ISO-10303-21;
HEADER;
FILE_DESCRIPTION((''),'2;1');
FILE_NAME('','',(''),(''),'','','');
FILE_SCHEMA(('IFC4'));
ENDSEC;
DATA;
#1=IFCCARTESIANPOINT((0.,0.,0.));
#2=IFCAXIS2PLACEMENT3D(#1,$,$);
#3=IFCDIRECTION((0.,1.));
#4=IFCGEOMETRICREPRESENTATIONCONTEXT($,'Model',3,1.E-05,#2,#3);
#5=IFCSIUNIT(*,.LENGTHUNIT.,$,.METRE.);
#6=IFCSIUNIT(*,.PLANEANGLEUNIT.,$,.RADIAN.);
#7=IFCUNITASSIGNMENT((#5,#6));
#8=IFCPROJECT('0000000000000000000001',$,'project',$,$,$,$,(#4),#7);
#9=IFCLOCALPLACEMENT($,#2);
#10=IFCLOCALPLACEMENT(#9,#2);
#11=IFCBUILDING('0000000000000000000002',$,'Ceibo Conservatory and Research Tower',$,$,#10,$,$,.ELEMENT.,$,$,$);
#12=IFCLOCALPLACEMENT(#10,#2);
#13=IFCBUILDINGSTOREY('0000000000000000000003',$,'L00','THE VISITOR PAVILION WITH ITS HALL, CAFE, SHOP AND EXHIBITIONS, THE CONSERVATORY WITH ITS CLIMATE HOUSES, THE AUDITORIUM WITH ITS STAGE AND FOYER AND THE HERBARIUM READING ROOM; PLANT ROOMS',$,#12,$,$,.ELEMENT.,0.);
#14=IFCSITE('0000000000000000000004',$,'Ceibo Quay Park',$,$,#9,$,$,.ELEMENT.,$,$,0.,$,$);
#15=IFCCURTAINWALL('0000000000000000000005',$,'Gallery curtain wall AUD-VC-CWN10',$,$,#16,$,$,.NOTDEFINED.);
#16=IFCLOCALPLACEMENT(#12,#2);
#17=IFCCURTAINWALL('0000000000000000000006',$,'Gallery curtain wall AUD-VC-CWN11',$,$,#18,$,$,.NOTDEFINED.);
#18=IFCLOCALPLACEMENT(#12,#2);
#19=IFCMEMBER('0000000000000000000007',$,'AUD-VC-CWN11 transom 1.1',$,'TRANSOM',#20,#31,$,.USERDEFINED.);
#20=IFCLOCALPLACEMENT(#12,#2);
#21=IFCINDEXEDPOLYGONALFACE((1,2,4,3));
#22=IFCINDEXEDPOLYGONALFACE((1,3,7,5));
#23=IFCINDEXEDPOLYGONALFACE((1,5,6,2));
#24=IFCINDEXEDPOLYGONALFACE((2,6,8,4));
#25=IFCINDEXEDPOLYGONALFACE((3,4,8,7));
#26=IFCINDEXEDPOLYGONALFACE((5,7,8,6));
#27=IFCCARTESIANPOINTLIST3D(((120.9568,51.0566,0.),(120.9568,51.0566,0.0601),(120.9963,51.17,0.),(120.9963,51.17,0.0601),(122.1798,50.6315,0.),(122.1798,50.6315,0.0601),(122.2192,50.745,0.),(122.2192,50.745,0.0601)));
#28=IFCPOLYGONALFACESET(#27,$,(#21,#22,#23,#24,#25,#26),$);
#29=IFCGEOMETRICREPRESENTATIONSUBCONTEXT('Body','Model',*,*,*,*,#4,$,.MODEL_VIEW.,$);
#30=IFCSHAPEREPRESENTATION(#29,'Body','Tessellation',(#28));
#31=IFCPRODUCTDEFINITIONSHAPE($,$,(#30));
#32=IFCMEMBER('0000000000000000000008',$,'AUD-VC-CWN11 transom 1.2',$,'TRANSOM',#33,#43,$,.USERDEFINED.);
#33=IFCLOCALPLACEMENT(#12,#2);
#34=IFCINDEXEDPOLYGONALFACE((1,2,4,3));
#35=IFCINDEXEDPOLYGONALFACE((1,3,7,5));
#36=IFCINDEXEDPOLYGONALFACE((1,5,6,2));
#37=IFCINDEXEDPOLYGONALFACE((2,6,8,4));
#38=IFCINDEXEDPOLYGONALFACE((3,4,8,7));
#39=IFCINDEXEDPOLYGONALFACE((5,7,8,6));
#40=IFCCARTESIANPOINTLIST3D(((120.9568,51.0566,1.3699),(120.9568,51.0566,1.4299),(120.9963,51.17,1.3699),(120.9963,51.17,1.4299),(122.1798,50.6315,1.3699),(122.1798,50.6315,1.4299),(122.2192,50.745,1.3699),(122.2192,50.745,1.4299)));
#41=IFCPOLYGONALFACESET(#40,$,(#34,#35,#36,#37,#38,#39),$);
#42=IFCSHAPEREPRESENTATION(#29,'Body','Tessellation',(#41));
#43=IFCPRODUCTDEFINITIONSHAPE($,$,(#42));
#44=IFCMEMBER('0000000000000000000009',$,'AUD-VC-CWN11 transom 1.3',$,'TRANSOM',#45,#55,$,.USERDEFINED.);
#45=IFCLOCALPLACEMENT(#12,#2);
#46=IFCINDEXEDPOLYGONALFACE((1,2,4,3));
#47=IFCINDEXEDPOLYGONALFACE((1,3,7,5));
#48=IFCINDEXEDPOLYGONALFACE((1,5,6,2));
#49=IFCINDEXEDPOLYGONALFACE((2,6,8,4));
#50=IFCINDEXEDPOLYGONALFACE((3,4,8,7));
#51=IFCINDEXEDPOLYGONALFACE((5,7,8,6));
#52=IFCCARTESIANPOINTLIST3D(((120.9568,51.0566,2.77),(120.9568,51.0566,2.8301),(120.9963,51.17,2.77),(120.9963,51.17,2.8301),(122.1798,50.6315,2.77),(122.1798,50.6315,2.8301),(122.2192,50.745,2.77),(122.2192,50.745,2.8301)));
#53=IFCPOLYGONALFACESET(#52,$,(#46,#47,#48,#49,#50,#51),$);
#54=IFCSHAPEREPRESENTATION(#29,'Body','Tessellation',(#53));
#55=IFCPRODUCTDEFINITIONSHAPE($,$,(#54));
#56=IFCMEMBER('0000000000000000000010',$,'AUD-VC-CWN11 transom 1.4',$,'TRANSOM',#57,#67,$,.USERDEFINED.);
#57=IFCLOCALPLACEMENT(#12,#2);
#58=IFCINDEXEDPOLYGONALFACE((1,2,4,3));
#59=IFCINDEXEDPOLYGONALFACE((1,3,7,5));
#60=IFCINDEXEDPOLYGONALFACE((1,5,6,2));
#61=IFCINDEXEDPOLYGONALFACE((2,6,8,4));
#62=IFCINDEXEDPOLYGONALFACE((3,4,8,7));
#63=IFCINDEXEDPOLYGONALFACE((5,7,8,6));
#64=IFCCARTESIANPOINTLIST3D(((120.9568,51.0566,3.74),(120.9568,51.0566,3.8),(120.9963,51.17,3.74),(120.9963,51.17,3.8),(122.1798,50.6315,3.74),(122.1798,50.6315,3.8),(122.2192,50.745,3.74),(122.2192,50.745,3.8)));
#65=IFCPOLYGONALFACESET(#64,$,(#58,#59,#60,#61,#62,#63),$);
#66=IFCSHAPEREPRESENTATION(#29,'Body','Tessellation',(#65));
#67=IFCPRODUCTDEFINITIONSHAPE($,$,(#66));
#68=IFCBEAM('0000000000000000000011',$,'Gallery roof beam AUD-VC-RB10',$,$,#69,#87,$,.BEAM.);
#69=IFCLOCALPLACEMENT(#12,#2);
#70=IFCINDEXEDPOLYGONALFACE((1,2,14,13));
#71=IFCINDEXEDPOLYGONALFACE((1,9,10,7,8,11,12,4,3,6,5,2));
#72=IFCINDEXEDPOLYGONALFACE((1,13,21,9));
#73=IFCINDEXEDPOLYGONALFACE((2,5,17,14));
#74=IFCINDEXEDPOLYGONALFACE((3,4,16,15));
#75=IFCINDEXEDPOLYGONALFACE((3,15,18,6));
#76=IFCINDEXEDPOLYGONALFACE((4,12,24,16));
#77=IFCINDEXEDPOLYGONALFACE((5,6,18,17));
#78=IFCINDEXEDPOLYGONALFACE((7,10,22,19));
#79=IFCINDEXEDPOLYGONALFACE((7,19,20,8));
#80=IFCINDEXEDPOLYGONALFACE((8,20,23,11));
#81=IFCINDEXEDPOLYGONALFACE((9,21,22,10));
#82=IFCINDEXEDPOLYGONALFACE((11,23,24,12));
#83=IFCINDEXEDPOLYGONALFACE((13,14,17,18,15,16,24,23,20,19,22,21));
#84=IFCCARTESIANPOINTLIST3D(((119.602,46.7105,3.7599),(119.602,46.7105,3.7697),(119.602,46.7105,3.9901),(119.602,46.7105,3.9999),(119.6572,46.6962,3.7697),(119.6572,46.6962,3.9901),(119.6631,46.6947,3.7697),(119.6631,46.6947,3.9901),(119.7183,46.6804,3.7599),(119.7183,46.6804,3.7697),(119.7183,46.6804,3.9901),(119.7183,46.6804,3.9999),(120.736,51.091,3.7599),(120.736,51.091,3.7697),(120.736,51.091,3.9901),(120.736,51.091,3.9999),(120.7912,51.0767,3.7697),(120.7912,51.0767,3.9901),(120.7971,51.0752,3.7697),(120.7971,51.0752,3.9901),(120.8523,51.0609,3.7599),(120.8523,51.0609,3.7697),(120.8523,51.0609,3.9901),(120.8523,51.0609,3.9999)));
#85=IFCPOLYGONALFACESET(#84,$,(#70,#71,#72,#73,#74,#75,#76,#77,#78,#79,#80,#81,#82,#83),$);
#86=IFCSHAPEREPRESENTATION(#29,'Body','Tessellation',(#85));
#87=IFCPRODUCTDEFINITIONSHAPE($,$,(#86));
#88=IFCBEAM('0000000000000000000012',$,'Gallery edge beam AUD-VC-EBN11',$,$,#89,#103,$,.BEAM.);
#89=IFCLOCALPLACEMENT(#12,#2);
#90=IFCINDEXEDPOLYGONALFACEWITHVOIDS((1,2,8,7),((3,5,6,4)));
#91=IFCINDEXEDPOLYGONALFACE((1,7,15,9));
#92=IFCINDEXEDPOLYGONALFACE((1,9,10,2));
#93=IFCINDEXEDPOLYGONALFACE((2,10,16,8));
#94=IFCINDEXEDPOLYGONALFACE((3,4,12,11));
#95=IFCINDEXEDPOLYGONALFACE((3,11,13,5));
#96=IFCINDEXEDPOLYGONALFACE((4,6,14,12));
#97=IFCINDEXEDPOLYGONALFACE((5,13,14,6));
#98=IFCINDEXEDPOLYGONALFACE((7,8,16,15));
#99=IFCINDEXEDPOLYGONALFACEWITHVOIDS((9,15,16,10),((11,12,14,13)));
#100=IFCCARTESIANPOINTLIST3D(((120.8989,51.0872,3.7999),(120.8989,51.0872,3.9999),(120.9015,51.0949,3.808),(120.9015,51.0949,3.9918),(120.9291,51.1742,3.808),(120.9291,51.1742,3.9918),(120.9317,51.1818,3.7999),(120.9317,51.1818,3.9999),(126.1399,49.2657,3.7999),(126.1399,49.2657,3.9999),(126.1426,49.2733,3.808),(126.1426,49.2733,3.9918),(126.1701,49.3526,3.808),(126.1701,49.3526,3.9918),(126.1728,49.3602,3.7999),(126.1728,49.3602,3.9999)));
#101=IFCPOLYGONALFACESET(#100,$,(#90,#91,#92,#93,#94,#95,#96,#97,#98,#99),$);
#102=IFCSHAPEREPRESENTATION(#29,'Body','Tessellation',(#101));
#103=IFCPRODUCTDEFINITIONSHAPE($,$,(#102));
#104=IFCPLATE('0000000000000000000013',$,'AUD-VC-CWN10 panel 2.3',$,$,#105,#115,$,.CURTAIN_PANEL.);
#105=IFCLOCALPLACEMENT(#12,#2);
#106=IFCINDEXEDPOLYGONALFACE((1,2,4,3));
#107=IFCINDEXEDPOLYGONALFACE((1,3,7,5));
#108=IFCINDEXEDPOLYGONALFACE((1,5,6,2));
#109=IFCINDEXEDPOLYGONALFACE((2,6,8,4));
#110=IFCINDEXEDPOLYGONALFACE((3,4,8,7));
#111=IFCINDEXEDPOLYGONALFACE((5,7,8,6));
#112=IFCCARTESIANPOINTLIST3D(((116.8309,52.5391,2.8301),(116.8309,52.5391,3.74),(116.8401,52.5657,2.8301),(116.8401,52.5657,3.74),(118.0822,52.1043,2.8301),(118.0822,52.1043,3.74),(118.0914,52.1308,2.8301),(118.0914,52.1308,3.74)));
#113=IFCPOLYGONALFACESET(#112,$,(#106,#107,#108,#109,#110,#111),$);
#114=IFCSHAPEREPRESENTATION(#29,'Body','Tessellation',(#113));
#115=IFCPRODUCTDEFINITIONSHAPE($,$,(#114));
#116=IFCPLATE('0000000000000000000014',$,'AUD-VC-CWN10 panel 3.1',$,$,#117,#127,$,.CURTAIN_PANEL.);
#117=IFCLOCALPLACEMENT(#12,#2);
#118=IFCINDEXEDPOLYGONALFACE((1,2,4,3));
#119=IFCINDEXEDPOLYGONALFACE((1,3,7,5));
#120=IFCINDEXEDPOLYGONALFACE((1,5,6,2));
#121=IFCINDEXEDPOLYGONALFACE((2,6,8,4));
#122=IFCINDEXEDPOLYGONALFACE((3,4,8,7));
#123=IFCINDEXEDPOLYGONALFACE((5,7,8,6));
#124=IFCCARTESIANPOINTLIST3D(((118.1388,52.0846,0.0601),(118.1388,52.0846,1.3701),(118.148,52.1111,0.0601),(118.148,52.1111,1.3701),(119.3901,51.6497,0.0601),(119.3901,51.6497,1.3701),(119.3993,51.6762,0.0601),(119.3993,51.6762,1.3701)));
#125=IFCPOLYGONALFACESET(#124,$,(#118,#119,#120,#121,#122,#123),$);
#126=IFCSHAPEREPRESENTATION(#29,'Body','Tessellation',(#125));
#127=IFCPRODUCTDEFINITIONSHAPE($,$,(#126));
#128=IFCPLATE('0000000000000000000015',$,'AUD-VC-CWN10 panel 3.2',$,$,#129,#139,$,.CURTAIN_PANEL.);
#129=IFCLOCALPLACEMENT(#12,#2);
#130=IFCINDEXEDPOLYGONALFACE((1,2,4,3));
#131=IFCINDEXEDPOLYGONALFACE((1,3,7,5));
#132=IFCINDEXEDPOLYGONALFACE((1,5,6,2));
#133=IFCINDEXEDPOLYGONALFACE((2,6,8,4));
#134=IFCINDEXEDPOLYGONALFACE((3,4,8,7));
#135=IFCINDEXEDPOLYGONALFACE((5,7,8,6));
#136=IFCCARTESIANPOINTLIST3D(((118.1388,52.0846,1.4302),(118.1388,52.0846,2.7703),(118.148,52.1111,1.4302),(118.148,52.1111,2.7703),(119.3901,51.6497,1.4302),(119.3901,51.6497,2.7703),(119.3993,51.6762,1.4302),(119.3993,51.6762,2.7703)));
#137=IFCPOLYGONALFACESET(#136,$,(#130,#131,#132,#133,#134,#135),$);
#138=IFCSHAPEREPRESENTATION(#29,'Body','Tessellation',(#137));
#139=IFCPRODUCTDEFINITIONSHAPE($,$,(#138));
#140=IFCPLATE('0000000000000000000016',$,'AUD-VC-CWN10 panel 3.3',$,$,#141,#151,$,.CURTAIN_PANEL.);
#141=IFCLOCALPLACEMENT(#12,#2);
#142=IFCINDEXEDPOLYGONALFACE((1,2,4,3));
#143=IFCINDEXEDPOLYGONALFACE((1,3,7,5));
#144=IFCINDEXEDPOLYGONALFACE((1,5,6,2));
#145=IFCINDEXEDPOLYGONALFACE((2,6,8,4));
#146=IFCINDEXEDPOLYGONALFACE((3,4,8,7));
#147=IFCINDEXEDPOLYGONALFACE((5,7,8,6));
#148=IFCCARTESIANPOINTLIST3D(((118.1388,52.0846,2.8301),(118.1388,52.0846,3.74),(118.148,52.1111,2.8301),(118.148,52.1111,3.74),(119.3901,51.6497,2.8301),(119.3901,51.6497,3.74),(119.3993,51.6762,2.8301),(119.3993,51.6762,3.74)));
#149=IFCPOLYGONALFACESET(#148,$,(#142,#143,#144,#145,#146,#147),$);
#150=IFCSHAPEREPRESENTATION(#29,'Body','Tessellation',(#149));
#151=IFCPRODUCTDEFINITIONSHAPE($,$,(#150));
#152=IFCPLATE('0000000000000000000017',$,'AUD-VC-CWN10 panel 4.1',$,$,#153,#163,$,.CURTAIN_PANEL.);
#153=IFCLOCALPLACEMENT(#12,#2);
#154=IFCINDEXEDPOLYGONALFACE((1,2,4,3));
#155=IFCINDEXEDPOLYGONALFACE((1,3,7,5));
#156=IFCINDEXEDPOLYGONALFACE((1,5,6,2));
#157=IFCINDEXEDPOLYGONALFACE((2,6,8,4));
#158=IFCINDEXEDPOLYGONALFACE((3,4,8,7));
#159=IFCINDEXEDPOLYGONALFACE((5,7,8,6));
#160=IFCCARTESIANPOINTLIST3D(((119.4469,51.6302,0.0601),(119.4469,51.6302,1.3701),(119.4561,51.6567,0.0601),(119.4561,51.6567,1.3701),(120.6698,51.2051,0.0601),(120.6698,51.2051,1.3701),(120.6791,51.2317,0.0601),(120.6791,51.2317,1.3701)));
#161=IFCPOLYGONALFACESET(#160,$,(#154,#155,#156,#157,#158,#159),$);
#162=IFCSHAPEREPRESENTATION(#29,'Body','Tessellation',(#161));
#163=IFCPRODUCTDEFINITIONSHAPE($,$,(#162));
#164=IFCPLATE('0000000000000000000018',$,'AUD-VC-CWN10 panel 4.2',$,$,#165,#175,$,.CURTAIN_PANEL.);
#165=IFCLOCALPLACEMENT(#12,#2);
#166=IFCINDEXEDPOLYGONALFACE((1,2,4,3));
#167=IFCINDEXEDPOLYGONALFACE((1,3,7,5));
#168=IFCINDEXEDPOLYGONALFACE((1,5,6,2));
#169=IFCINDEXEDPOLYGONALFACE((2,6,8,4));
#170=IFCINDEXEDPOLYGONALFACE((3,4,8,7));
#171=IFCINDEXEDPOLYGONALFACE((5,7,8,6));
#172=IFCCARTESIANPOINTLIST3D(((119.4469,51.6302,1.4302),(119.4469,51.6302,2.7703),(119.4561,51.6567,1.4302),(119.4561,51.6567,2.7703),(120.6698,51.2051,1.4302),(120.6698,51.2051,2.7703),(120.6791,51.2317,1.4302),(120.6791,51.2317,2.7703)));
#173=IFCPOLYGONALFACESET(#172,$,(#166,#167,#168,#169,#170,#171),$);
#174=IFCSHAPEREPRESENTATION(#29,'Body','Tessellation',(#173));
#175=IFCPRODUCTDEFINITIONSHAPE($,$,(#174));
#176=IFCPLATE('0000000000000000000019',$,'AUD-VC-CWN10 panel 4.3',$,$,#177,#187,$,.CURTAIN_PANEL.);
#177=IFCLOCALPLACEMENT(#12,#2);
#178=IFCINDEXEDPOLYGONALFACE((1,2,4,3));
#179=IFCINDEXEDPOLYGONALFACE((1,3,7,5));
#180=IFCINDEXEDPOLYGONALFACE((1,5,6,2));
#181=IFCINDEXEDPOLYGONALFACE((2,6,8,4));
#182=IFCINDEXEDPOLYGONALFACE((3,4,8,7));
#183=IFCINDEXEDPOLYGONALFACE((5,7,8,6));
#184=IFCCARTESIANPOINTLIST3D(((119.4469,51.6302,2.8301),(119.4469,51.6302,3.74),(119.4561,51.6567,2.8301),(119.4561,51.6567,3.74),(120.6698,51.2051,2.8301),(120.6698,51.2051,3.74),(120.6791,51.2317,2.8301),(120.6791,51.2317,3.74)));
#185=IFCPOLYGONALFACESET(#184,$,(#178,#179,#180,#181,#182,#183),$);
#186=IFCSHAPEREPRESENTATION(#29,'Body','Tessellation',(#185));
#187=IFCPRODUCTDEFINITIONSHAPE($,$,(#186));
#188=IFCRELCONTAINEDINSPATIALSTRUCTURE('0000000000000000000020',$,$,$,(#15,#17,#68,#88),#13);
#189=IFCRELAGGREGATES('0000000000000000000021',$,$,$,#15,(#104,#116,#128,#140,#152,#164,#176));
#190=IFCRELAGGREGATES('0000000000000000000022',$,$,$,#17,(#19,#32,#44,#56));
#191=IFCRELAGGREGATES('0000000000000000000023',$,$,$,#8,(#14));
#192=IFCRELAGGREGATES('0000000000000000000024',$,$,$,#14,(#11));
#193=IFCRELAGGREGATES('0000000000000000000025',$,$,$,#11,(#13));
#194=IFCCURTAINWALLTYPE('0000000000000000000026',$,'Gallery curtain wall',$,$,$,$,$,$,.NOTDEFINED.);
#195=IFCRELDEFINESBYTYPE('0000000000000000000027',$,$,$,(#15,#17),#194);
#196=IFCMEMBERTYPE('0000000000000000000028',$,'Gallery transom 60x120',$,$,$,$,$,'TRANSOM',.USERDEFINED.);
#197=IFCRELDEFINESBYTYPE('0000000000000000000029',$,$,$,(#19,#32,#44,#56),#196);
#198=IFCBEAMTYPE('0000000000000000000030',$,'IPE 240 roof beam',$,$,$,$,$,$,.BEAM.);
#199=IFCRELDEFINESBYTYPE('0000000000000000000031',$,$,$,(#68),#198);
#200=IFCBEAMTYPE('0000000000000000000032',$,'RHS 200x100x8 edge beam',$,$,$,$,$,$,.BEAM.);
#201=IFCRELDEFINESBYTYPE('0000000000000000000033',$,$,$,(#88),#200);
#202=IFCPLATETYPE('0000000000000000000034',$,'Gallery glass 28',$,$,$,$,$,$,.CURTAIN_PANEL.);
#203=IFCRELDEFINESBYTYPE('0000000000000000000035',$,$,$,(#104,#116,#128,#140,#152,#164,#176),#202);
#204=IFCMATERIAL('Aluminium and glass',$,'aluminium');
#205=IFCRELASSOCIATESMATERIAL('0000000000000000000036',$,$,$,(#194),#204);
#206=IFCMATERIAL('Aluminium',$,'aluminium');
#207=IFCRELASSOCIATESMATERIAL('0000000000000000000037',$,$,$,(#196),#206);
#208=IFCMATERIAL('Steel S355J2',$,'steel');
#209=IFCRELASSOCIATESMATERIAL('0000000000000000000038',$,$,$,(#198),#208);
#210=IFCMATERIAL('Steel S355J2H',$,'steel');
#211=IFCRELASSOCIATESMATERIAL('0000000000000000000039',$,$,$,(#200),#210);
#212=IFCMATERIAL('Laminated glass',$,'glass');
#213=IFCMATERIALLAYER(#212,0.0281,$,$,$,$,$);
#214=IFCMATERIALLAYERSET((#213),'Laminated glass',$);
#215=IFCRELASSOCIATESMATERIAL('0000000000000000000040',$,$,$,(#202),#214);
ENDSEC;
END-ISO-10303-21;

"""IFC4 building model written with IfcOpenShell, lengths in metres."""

from ifc_helpers import new_model, si_unit, direction, frame, origin, origin_2d, place, context, subcontext, project, spatial, rectangle, hollow_rectangle, i_section, extrude, material, layer, layer_set, material_profile, profile_set, type_object, element, aggregate, save


model = new_model("IFC4")

# Units and contexts
model_context = context("Model", 3, precision=1e-05, world=origin(), true_north=direction((0.0, 1.0)))
body_context = subcontext(model_context, "Body", "Model", "MODEL_VIEW")
ifc_project = project(units=[si_unit("LENGTHUNIT", "METRE"), si_unit("PLANEANGLEUNIT", "RADIAN")], contexts=[model_context])

# Site, building, storey
site_placement = place(None, origin())
site = spatial("IfcSite", under=ifc_project, at=site_placement, Name="Ceibo Quay Park", CompositionType="ELEMENT", RefElevation=0.0)
building_placement = place(site_placement, origin())
building = spatial("IfcBuilding", under=site, at=building_placement, Name="Ceibo Conservatory and Research Tower", CompositionType="ELEMENT")
storey_placement = place(building_placement, origin())
storey = spatial("IfcBuildingStorey", under=building, at=storey_placement, Name="L00", Description="THE VISITOR PAVILION WITH ITS HALL, CAFE, SHOP AND EXHIBITIONS, THE CONSERVATORY WITH ITS CLIMATE HOUSES, THE AUDITORIUM WITH ITS STAGE AND FOYER AND THE HERBARIUM READING ROOM; PLANT ROOMS", CompositionType="ELEMENT", Elevation=0.0)

# Shared definitions
ifc_material_1 = material(Name="Steel S355J2H", Category="steel")

# Curtain walls
ifc_material_2 = material(Name="Aluminium and glass", Category="aluminium")
curtain_wall_type = type_object("IfcCurtainWallType", Name="Gallery curtain wall", PredefinedType="NOTDEFINED", material=ifc_material_2)
curtain_wall_1_placement = place(storey_placement, origin())
curtain_wall_1 = element("IfcCurtainWall", 1, at=curtain_wall_1_placement, inside=storey, type_object=curtain_wall_type, Name="Gallery curtain wall AUD-VC-CWN10", PredefinedType="NOTDEFINED")
ifc_material_3 = material(Name="Aluminium", Category="aluminium")
curtain_wall_2_placement = place(storey_placement, origin())
curtain_wall_2 = element("IfcCurtainWall", 2, at=curtain_wall_2_placement, inside=storey, type_object=curtain_wall_type, Name="Gallery curtain wall AUD-VC-CWN11", PredefinedType="NOTDEFINED")

# Members
ifc_material_profile_1 = material_profile(ifc_material_3, rectangle(XDim=0.1201, YDim=0.0601, at=origin_2d()), Name="AL 60x120")
ifc_profile_set_1 = profile_set([ifc_material_profile_1], Name="Aluminium")
member_type_1 = type_object("IfcMemberType", Name="Gallery transom 60x120", ElementType="TRANSOM", PredefinedType="USERDEFINED", material=ifc_profile_set_1)
member_1_placement = place(storey_placement, frame((120.9766, 51.1133, 0.03), z_axis=(0.944571, -0.328309, 0.0), x_axis=(0.328309, 0.944571, 0.0)))
member_1 = element("IfcMember", 3, at=member_1_placement, type_object=member_type_1, Name="AUD-VC-CWN11 transom 1.1", ObjectType="TRANSOM", PredefinedType="USERDEFINED", context=body_context, shape_type="SweptSolid", body=[
    extrude(rectangle(XDim=0.1201, YDim=0.0601, at=origin_2d()), origin(), (0.0, 0.0, 1.0), 1.2947),
])
member_2_placement = place(storey_placement, frame((120.9766, 51.1133, 1.3999), z_axis=(0.944571, -0.328309, 0.0), x_axis=(0.328309, 0.944571, 0.0)))
member_2 = element("IfcMember", 4, at=member_2_placement, type_object=member_type_1, Name="AUD-VC-CWN11 transom 1.2", ObjectType="TRANSOM", PredefinedType="USERDEFINED", context=body_context, shape_type="SweptSolid", body=[
    extrude(rectangle(XDim=0.1201, YDim=0.0601, at=origin_2d()), origin(), (0.0, 0.0, 1.0), 1.2947),
])
member_3_placement = place(storey_placement, frame((120.9766, 51.1133, 2.8), z_axis=(0.944571, -0.328309, 0.0), x_axis=(0.328309, 0.944571, 0.0)))
member_3 = element("IfcMember", 5, at=member_3_placement, type_object=member_type_1, Name="AUD-VC-CWN11 transom 1.3", ObjectType="TRANSOM", PredefinedType="USERDEFINED", context=body_context, shape_type="SweptSolid", body=[
    extrude(rectangle(XDim=0.1201, YDim=0.0601, at=origin_2d()), origin(), (0.0, 0.0, 1.0), 1.2947),
])
member_4_placement = place(storey_placement, frame((120.9766, 51.1133, 3.77), z_axis=(0.944571, -0.328309, 0.0), x_axis=(0.328309, 0.944571, 0.0)))
member_4 = element("IfcMember", 6, at=member_4_placement, type_object=member_type_1, Name="AUD-VC-CWN11 transom 1.4", ObjectType="TRANSOM", PredefinedType="USERDEFINED", context=body_context, shape_type="SweptSolid", body=[
    extrude(rectangle(XDim=0.1201, YDim=0.0601, at=origin_2d()), origin(), (0.0, 0.0, 1.0), 1.2947),
])

# Beams
ifc_material_4 = material(Name="Steel S355J2", Category="steel")
ifc_material_profile_2 = material_profile(ifc_material_4, i_section(OverallWidth=0.1201, OverallDepth=0.24, WebThickness=0.0061, FlangeThickness=0.0098, at=origin_2d()), Name="IPE 240")
ifc_profile_set_2 = profile_set([ifc_material_profile_2], Name="Steel S355J2")
beam_type_1 = type_object("IfcBeamType", Name="IPE 240 roof beam", PredefinedType="BEAM", material=ifc_profile_set_2)
beam_1_placement = place(storey_placement, frame((120.7942, 51.0759, 3.8799), z_axis=(-0.250627, -0.968084, 0.0), x_axis=(0.968084, -0.250627, 0.0)))
element("IfcBeam", 7, at=beam_1_placement, inside=storey, type_object=beam_type_1, Name="Gallery roof beam AUD-VC-RB10", PredefinedType="BEAM", context=body_context, shape_type="SweptSolid", body=[
    extrude(i_section(OverallWidth=0.1201, OverallDepth=0.24, WebThickness=0.0061, FlangeThickness=0.0098, at=origin_2d()), origin(), (0.0, 0.0, 1.0), 4.5249),
])
ifc_material_profile_3 = material_profile(ifc_material_1, hollow_rectangle(XDim=0.1001, YDim=0.2, WallThickness=0.0081, at=origin_2d()), Name="RHS 200x100x8 edge beam")
ifc_profile_set_3 = profile_set([ifc_material_profile_3], Name="Steel S355J2H")
beam_type_2 = type_object("IfcBeamType", Name="RHS 200x100x8 edge beam", PredefinedType="BEAM", material=ifc_profile_set_3)
beam_2_placement = place(storey_placement, frame((120.9153, 51.1345, 3.8999), z_axis=(0.944576, -0.328294, 0.0), x_axis=(0.328294, 0.944576, 0.0)))
element("IfcBeam", 8, at=beam_2_placement, inside=storey, type_object=beam_type_2, Name="Gallery edge beam AUD-VC-EBN11", PredefinedType="BEAM", context=body_context, shape_type="SweptSolid", body=[
    extrude(hollow_rectangle(XDim=0.1001, YDim=0.2, WallThickness=0.0081, at=origin_2d()), origin(), (0.0, 0.0, 1.0), 5.5486),
])

# Plates
ifc_material_5 = material(Name="Laminated glass", Category="glass")
ifc_layer = layer(ifc_material_5, 0.0281)
ifc_layer_set = layer_set([ifc_layer], Name="Laminated glass")
plate_type = type_object("IfcPlateType", Name="Gallery glass 28", PredefinedType="CURTAIN_PANEL", material=ifc_layer_set)
plate_1_placement = place(storey_placement, frame((117.4612, 52.335, 2.8301), z_axis=(0.0, 0.0, 1.0), x_axis=(0.944579, -0.328284, 0.0)))
plate_1 = element("IfcPlate", 9, at=plate_1_placement, type_object=plate_type, Name="AUD-VC-CWN10 panel 2.3", PredefinedType="CURTAIN_PANEL", context=body_context, shape_type="SweptSolid", body=[
    extrude(rectangle(XDim=1.3247, YDim=0.0281, at=origin_2d()), origin(), (0.0, 0.0, 1.0), 0.9099),
])
plate_2_placement = place(storey_placement, frame((118.769, 51.8804, 0.0601), z_axis=(0.0, 0.0, 1.0), x_axis=(0.944579, -0.328284, 0.0)))
plate_2 = element("IfcPlate", 10, at=plate_2_placement, type_object=plate_type, Name="AUD-VC-CWN10 panel 3.1", PredefinedType="CURTAIN_PANEL", context=body_context, shape_type="SweptSolid", body=[
    extrude(rectangle(XDim=1.3247, YDim=0.0281, at=origin_2d()), origin(), (0.0, 0.0, 1.0), 1.3101),
])
plate_3_placement = place(storey_placement, frame((118.769, 51.8804, 1.4302), z_axis=(0.0, 0.0, 1.0), x_axis=(0.944579, -0.328284, 0.0)))
plate_3 = element("IfcPlate", 11, at=plate_3_placement, type_object=plate_type, Name="AUD-VC-CWN10 panel 3.2", PredefinedType="CURTAIN_PANEL", context=body_context, shape_type="SweptSolid", body=[
    extrude(rectangle(XDim=1.3247, YDim=0.0281, at=origin_2d()), origin(), (0.0, 0.0, 1.0), 1.3401),
])
plate_4_placement = place(storey_placement, frame((118.769, 51.8804, 2.8301), z_axis=(0.0, 0.0, 1.0), x_axis=(0.944579, -0.328284, 0.0)))
plate_4 = element("IfcPlate", 12, at=plate_4_placement, type_object=plate_type, Name="AUD-VC-CWN10 panel 3.3", PredefinedType="CURTAIN_PANEL", context=body_context, shape_type="SweptSolid", body=[
    extrude(rectangle(XDim=1.3247, YDim=0.0281, at=origin_2d()), origin(), (0.0, 0.0, 1.0), 0.9099),
])
plate_5_placement = place(storey_placement, frame((120.063, 51.4309, 0.0601), z_axis=(0.0, 0.0, 1.0), x_axis=(0.944579, -0.328284, 0.0)))
plate_5 = element("IfcPlate", 13, at=plate_5_placement, type_object=plate_type, Name="AUD-VC-CWN10 panel 4.1", PredefinedType="CURTAIN_PANEL", context=body_context, shape_type="SweptSolid", body=[
    extrude(rectangle(XDim=1.2947, YDim=0.0281, at=origin_2d()), origin(), (0.0, 0.0, 1.0), 1.3101),
])
plate_6_placement = place(storey_placement, frame((120.063, 51.4309, 1.4302), z_axis=(0.0, 0.0, 1.0), x_axis=(0.944579, -0.328284, 0.0)))
plate_6 = element("IfcPlate", 14, at=plate_6_placement, type_object=plate_type, Name="AUD-VC-CWN10 panel 4.2", PredefinedType="CURTAIN_PANEL", context=body_context, shape_type="SweptSolid", body=[
    extrude(rectangle(XDim=1.2947, YDim=0.0281, at=origin_2d()), origin(), (0.0, 0.0, 1.0), 1.3401),
])
plate_7_placement = place(storey_placement, frame((120.063, 51.4309, 2.8301), z_axis=(0.0, 0.0, 1.0), x_axis=(0.944579, -0.328284, 0.0)))
plate_7 = element("IfcPlate", 15, at=plate_7_placement, type_object=plate_type, Name="AUD-VC-CWN10 panel 4.3", PredefinedType="CURTAIN_PANEL", context=body_context, shape_type="SweptSolid", body=[
    extrude(rectangle(XDim=1.2947, YDim=0.0281, at=origin_2d()), origin(), (0.0, 0.0, 1.0), 0.9099),
])
aggregate(curtain_wall_1, [plate_1, plate_2, plate_3, plate_4, plate_5, plate_6, plate_7])
aggregate(curtain_wall_2, [member_1, member_2, member_3, member_4])

save(model, "model.ifc")
